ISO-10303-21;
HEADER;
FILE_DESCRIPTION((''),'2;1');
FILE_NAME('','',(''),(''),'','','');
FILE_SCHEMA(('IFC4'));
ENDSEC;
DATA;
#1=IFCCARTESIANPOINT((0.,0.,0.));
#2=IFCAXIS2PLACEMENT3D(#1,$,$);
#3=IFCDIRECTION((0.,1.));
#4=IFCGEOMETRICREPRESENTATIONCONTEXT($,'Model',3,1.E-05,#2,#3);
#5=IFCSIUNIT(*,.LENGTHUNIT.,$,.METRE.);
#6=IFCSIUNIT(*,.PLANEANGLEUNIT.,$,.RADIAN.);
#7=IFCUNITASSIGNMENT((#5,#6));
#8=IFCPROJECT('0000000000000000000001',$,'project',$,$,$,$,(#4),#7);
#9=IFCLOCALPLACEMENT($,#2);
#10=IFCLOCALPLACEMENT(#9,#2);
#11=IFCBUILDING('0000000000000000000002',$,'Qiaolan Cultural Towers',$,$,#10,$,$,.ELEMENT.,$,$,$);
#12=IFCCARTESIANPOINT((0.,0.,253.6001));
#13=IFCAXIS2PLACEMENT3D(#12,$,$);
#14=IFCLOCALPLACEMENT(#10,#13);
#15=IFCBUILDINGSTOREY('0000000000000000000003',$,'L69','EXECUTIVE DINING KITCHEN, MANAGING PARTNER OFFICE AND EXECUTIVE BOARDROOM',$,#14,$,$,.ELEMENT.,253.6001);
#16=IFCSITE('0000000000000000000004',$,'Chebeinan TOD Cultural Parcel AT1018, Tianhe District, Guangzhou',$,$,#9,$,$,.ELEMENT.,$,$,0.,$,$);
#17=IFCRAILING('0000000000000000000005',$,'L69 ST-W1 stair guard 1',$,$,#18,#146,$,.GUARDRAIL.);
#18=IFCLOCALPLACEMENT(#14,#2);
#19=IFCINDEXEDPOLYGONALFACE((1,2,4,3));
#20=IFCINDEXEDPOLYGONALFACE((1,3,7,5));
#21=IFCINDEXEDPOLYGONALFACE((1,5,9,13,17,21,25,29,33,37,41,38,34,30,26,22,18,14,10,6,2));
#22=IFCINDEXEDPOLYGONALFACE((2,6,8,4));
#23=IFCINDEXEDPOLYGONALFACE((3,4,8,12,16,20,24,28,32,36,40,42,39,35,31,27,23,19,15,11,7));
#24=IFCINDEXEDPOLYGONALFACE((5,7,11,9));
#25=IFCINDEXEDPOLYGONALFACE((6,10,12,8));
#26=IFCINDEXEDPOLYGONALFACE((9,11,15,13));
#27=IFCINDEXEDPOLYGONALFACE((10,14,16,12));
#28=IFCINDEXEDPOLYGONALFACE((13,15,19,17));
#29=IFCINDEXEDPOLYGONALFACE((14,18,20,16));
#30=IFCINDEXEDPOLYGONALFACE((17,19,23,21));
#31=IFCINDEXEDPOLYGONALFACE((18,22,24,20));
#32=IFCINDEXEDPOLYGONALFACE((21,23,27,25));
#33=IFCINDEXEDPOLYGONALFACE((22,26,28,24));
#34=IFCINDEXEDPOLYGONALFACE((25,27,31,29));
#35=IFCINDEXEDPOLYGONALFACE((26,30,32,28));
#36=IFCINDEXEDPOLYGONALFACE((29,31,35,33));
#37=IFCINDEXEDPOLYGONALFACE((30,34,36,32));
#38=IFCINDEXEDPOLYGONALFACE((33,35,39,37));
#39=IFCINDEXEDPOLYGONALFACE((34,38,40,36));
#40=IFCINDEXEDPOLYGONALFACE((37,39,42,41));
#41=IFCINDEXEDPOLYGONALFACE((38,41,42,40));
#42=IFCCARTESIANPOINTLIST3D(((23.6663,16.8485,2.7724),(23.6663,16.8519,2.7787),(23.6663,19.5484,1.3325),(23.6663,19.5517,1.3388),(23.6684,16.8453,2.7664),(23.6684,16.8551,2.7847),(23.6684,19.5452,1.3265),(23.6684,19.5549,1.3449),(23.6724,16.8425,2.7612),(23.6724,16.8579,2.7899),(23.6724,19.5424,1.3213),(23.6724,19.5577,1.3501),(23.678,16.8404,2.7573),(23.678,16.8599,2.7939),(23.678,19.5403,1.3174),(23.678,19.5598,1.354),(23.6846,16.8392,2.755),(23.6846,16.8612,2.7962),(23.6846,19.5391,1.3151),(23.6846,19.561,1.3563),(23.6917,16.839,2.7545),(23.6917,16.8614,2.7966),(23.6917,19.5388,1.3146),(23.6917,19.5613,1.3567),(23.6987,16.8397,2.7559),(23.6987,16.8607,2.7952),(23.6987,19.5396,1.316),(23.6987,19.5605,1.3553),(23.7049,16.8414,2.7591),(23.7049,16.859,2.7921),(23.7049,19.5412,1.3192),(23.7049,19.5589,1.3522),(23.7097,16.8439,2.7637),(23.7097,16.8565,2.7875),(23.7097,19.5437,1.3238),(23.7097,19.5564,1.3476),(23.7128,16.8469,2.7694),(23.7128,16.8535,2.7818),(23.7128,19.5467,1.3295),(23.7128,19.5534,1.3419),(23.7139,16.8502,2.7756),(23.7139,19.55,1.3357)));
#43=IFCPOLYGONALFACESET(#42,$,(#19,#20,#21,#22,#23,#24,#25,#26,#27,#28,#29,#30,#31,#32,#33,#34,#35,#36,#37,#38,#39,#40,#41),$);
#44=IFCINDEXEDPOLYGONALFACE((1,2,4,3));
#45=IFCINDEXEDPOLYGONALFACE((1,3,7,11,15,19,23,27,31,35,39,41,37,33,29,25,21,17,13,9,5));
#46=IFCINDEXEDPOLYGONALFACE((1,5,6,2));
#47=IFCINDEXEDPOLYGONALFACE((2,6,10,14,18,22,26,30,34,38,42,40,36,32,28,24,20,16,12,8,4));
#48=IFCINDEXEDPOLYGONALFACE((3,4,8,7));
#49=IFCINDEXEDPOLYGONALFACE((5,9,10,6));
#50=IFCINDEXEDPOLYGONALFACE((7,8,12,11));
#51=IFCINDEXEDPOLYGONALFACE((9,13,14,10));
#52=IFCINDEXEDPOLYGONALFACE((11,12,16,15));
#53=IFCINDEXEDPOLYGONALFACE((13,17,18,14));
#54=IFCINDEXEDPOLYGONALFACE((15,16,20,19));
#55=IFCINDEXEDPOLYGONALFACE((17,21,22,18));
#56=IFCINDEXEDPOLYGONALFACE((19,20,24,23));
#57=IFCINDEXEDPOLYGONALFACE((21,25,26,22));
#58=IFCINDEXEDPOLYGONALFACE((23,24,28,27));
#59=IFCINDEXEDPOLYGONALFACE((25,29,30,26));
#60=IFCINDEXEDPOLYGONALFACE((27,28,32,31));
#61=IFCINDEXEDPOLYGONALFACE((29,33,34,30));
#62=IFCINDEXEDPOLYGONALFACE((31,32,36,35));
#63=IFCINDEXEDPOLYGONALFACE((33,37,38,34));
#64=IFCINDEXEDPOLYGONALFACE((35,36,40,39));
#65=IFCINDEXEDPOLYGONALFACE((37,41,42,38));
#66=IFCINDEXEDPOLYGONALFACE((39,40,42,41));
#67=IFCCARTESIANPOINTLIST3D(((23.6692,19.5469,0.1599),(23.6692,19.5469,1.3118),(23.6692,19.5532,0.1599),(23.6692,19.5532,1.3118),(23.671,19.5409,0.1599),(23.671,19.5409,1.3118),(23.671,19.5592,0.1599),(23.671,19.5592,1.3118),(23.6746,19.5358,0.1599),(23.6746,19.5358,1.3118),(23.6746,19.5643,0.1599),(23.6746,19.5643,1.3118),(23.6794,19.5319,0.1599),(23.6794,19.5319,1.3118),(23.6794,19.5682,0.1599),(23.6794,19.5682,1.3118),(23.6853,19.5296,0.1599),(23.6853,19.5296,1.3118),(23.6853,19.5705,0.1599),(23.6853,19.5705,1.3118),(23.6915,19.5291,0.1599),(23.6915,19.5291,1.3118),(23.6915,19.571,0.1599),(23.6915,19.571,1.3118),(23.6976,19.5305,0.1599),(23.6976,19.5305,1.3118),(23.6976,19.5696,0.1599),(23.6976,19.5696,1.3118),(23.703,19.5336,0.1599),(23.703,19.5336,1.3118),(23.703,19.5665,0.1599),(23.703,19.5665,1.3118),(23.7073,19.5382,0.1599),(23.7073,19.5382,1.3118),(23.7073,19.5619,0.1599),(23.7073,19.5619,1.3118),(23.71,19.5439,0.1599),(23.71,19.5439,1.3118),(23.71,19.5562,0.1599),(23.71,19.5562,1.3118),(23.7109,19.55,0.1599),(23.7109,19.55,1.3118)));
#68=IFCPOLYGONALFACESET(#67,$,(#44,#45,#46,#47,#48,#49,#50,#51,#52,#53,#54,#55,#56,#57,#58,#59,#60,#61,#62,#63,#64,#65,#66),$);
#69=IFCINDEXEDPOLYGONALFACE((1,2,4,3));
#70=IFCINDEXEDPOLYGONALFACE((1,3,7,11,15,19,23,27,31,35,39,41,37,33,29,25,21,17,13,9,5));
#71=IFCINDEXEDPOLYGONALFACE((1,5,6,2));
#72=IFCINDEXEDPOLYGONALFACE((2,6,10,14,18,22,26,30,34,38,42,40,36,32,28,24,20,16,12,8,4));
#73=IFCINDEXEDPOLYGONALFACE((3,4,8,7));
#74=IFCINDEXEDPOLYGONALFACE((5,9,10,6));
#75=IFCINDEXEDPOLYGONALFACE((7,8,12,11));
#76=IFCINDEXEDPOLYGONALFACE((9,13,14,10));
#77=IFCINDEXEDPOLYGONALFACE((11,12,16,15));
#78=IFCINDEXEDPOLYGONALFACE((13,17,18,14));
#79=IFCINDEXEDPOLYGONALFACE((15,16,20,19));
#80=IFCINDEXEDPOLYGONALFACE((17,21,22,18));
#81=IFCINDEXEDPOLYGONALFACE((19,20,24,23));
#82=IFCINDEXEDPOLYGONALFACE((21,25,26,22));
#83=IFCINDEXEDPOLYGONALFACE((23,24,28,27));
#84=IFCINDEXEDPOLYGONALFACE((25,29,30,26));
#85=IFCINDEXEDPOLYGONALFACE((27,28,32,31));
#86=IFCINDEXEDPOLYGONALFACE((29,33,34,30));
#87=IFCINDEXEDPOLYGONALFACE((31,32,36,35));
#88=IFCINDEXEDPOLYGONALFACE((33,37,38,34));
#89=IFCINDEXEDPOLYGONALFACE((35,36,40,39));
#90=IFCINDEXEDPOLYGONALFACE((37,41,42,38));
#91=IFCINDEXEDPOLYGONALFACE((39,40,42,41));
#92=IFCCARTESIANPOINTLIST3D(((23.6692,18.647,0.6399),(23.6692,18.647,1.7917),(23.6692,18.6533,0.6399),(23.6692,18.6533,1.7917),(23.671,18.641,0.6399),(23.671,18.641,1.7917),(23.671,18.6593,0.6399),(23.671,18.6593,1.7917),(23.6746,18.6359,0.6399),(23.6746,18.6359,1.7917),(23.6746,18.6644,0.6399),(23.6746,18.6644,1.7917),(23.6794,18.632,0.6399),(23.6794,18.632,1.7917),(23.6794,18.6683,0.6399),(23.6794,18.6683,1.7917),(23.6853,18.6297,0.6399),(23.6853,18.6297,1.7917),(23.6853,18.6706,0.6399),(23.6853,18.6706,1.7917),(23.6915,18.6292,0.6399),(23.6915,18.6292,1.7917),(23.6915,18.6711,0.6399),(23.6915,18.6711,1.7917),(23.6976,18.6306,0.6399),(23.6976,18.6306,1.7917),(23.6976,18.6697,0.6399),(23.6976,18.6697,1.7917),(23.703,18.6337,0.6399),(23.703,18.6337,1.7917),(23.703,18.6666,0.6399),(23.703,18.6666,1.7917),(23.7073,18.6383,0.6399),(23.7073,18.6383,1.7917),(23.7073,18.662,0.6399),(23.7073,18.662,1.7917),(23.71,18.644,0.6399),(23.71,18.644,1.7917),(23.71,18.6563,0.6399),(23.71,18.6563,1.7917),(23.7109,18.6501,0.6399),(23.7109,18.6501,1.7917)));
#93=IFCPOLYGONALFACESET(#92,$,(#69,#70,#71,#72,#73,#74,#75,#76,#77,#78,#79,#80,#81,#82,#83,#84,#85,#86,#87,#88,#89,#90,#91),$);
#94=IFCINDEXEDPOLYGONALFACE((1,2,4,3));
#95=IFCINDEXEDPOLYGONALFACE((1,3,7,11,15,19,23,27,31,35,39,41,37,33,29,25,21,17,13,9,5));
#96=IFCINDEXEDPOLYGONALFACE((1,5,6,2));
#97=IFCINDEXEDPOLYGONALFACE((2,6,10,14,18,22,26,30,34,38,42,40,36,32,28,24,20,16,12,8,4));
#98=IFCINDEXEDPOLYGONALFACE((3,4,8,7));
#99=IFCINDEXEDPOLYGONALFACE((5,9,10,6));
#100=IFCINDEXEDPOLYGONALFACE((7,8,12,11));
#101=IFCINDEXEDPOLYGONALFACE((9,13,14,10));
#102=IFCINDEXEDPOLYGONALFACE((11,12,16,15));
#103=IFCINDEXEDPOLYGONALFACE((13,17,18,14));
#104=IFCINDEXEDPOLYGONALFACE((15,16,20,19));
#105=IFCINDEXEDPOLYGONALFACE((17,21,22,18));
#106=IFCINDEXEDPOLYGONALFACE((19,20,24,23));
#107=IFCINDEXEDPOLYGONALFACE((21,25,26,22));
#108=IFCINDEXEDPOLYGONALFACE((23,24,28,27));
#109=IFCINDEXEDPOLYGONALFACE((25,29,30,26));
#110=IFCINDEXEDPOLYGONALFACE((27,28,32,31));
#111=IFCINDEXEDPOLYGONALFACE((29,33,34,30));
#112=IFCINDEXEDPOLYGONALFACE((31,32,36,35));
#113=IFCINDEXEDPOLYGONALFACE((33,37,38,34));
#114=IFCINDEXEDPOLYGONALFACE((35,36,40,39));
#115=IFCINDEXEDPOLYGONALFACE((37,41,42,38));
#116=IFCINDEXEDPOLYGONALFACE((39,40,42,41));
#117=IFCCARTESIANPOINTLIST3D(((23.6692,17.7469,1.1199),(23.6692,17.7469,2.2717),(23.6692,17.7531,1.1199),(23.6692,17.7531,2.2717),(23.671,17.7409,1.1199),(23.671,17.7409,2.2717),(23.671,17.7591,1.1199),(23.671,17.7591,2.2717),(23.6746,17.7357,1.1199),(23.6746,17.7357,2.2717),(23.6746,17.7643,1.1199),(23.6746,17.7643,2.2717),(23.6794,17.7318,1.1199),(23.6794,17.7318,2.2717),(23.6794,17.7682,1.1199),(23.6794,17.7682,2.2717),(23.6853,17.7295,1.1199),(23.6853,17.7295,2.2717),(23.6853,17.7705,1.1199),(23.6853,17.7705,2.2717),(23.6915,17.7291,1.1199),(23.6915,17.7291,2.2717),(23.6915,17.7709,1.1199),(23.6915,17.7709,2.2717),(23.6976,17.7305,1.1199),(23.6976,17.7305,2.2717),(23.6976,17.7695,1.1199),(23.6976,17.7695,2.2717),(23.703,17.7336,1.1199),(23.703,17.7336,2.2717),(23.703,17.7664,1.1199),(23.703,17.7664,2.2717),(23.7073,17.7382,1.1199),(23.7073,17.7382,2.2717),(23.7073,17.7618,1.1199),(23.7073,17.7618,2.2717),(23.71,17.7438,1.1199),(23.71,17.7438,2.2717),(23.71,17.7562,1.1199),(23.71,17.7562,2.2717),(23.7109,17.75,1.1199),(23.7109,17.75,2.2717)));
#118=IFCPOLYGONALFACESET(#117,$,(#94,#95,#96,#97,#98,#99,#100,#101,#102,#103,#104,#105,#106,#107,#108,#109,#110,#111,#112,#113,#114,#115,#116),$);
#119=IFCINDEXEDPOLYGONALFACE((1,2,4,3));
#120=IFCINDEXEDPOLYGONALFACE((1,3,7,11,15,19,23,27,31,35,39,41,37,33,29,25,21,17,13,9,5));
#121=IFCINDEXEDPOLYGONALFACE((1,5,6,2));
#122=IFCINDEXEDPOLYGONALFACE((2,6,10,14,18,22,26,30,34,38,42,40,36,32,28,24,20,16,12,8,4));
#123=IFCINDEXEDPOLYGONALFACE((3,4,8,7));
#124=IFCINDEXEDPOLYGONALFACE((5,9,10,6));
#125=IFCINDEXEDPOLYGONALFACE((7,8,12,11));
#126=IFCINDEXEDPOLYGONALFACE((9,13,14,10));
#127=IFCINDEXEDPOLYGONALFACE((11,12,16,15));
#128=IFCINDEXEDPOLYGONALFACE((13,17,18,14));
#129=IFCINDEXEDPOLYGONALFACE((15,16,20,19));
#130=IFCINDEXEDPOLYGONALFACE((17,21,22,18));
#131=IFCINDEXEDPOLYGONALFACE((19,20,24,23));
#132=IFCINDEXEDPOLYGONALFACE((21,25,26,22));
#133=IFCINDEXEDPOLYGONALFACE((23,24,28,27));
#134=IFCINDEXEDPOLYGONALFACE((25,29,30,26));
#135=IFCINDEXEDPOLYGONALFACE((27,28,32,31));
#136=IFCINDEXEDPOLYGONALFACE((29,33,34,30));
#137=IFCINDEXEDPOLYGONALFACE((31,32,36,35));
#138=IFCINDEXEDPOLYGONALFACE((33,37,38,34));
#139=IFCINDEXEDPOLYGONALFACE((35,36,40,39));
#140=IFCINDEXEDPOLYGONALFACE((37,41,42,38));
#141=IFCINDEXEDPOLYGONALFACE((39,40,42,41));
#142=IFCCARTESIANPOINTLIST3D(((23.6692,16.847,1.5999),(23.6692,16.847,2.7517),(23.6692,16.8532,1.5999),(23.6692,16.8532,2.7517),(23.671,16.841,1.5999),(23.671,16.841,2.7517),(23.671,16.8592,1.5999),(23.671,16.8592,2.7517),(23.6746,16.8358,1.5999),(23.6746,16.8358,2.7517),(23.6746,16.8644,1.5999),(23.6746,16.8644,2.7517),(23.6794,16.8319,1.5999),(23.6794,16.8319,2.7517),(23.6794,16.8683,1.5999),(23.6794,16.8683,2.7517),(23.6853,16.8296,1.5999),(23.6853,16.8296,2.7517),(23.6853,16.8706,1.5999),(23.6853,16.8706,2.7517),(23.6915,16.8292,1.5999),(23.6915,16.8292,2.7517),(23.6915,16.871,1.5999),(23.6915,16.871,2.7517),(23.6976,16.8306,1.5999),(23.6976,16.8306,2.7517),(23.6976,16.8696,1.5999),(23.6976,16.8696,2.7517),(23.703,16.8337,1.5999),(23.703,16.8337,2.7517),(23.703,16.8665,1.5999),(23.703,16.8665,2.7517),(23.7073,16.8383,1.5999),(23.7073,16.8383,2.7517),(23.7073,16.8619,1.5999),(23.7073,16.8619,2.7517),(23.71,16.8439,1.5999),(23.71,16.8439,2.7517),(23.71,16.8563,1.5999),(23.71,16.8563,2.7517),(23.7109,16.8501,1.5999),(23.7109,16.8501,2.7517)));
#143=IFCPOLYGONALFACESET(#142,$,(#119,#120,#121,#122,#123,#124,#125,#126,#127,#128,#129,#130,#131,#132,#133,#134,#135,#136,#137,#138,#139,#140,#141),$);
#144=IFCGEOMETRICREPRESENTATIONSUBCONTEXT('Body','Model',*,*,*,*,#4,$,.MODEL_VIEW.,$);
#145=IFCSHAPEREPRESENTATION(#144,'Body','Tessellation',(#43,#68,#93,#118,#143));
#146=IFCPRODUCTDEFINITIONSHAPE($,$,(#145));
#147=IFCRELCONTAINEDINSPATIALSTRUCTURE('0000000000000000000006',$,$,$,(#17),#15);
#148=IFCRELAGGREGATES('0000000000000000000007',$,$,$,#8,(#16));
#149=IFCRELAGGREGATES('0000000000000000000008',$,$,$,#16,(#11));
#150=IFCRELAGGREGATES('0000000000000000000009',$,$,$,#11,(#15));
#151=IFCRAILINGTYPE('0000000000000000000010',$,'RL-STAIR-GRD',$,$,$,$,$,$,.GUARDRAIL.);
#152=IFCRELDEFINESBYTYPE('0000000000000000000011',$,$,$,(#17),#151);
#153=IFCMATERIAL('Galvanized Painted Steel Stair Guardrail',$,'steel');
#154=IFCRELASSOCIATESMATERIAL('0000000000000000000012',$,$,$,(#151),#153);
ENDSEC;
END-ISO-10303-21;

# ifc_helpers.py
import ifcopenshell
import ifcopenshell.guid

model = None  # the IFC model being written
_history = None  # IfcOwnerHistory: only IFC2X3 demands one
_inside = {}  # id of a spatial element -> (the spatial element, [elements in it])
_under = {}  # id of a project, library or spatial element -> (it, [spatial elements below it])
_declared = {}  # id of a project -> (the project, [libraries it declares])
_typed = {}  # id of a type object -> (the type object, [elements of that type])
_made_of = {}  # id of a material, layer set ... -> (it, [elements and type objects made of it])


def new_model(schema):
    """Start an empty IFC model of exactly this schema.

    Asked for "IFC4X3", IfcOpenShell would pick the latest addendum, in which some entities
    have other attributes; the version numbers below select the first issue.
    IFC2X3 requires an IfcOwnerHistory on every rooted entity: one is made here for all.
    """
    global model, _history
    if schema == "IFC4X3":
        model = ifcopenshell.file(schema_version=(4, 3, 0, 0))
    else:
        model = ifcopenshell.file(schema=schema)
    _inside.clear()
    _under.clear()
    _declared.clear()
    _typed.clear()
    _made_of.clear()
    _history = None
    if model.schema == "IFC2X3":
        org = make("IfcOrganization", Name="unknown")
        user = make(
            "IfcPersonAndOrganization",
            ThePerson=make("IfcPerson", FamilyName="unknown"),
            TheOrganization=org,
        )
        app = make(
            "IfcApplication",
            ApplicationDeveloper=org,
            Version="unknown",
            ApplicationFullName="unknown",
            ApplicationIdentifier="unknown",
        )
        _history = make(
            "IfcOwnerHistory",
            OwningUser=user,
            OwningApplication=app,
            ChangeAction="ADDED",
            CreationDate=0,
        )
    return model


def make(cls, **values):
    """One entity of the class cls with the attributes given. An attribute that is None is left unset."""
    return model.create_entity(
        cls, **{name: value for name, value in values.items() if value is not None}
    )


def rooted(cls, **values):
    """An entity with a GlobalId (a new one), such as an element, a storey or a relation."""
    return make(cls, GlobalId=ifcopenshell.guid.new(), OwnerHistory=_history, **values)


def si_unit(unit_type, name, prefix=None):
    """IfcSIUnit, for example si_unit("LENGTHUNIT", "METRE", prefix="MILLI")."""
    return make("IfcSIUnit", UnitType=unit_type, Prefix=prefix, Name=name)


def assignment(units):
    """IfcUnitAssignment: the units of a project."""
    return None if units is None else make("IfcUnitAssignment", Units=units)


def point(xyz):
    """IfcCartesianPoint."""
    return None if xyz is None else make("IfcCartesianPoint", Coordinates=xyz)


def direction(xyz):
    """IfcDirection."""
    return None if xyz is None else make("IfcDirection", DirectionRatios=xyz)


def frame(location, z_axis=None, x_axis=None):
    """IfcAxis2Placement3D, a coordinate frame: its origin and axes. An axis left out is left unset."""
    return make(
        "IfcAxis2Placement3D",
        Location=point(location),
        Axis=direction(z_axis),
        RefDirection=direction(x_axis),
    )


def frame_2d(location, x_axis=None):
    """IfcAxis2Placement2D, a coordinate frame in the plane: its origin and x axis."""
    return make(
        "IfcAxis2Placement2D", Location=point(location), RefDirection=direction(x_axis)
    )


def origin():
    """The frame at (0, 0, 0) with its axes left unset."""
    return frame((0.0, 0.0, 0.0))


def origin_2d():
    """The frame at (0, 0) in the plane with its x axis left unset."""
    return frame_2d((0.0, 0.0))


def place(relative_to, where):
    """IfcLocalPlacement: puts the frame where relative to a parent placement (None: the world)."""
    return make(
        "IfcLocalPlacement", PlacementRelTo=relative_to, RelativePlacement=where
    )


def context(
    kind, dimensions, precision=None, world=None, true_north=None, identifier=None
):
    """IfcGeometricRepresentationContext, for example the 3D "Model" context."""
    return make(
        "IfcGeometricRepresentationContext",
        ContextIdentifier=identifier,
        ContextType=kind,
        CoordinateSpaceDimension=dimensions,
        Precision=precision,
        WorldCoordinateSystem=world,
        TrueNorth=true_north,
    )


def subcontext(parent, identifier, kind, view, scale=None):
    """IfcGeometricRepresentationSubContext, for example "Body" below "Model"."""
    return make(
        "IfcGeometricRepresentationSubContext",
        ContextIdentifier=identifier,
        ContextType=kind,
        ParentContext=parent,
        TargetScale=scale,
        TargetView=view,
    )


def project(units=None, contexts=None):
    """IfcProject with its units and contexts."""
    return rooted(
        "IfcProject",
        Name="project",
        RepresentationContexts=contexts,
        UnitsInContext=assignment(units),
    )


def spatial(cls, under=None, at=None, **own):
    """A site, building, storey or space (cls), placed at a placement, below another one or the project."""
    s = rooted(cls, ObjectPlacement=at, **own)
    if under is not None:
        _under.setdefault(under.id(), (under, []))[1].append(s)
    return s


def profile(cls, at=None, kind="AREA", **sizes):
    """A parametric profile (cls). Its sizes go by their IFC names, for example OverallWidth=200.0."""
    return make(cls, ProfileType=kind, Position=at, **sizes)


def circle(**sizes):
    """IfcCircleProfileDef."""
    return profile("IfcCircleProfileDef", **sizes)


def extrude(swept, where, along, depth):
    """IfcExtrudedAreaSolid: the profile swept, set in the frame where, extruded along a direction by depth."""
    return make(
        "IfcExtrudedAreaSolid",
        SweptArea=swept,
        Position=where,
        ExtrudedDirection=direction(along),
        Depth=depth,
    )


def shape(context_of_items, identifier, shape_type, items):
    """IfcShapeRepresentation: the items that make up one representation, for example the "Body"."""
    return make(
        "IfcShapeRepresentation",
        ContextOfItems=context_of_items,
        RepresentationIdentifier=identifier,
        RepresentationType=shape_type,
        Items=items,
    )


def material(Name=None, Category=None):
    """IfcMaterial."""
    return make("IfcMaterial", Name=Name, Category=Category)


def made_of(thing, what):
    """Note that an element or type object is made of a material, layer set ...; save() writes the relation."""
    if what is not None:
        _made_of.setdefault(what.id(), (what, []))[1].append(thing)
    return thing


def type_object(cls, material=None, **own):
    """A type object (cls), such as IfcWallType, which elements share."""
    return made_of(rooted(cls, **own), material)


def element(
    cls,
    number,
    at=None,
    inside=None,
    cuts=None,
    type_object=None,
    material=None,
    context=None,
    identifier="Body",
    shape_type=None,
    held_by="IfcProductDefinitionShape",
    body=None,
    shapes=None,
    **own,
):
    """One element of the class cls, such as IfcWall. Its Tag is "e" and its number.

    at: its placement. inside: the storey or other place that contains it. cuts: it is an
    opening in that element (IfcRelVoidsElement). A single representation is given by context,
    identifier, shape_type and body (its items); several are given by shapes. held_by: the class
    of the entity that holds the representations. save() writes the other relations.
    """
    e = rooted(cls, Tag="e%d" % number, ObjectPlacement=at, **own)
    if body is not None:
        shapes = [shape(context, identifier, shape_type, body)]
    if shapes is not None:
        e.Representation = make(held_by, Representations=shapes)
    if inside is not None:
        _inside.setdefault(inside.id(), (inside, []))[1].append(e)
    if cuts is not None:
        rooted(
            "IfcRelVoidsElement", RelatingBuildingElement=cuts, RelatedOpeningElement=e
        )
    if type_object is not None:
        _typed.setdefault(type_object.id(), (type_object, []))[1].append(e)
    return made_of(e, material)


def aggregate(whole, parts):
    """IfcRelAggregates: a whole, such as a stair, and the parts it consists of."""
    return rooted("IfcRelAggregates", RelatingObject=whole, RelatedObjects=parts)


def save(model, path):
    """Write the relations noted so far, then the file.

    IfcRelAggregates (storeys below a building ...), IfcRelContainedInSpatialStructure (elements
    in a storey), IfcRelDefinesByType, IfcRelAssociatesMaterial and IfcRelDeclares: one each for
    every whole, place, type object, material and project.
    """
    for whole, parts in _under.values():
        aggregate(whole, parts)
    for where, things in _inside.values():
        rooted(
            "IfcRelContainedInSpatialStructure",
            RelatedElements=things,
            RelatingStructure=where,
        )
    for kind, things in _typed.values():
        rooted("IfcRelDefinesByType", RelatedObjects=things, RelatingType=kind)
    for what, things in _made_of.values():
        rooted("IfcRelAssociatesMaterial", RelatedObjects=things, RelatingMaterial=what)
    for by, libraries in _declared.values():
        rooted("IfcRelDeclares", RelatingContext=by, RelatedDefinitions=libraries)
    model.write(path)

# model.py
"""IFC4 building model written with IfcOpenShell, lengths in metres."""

from ifc_helpers import new_model, si_unit, direction, frame, origin, origin_2d, place, context, subcontext, project, spatial, circle, extrude, material, type_object, element, save


model = new_model("IFC4")

# Units and contexts
model_context = context("Model", 3, precision=1e-05, world=origin(), true_north=direction((0.0, 1.0)))
body_context = subcontext(model_context, "Body", "Model", "MODEL_VIEW")
ifc_project = project(units=[si_unit("LENGTHUNIT", "METRE"), si_unit("PLANEANGLEUNIT", "RADIAN")], contexts=[model_context])

# Site, building, storey
site_placement = place(None, origin())
site = spatial("IfcSite", under=ifc_project, at=site_placement, Name="Chebeinan TOD Cultural Parcel AT1018, Tianhe District, Guangzhou", CompositionType="ELEMENT", RefElevation=0.0)
building_placement = place(site_placement, origin())
building = spatial("IfcBuilding", under=site, at=building_placement, Name="Qiaolan Cultural Towers", CompositionType="ELEMENT")
storey_placement = place(building_placement, frame((0.0, 0.0, 253.6001)))
storey = spatial("IfcBuildingStorey", under=building, at=storey_placement, Name="L69", Description="EXECUTIVE DINING KITCHEN, MANAGING PARTNER OFFICE AND EXECUTIVE BOARDROOM", CompositionType="ELEMENT", Elevation=253.6001)

# Railing
ifc_material_1 = material(Name="Galvanized Painted Steel Stair Guardrail", Category="steel")
railing_type_1 = type_object("IfcRailingType", Name="RL-STAIR-GRD", PredefinedType="GUARDRAIL", material=ifc_material_1)
railing_1_placement = place(storey_placement, frame((23.6899, 19.55, 0.1599)))
element("IfcRailing", 1, at=railing_1_placement, inside=storey, type_object=railing_type_1, Name="L69 ST-W1 stair guard 1", PredefinedType="GUARDRAIL", context=body_context, shape_type="SweptSolid", body=[
    extrude(circle(Radius=0.0239, at=origin_2d()), frame((0.0, 0.0, 1.1758), z_axis=(0.0, -0.882357, 0.47058), x_axis=(1.0, 0.0, 0.0)), (0.0, 0.0, 1.0), 3.0598),
    extrude(circle(Radius=0.021, at=origin_2d()), origin(), (0.0, 0.0, 1.0), 1.1519),
    extrude(circle(Radius=0.021, at=origin_2d()), frame((0.0, -0.8999, 0.48)), (0.0, 0.0, 1.0), 1.1519),
    extrude(circle(Radius=0.021, at=origin_2d()), frame((0.0, -1.8, 0.96)), (0.0, 0.0, 1.0), 1.1519),
    extrude(circle(Radius=0.021, at=origin_2d()), frame((0.0, -2.7, 1.4399)), (0.0, 0.0, 1.0), 1.1519),
])

save(model, "model.ifc")
